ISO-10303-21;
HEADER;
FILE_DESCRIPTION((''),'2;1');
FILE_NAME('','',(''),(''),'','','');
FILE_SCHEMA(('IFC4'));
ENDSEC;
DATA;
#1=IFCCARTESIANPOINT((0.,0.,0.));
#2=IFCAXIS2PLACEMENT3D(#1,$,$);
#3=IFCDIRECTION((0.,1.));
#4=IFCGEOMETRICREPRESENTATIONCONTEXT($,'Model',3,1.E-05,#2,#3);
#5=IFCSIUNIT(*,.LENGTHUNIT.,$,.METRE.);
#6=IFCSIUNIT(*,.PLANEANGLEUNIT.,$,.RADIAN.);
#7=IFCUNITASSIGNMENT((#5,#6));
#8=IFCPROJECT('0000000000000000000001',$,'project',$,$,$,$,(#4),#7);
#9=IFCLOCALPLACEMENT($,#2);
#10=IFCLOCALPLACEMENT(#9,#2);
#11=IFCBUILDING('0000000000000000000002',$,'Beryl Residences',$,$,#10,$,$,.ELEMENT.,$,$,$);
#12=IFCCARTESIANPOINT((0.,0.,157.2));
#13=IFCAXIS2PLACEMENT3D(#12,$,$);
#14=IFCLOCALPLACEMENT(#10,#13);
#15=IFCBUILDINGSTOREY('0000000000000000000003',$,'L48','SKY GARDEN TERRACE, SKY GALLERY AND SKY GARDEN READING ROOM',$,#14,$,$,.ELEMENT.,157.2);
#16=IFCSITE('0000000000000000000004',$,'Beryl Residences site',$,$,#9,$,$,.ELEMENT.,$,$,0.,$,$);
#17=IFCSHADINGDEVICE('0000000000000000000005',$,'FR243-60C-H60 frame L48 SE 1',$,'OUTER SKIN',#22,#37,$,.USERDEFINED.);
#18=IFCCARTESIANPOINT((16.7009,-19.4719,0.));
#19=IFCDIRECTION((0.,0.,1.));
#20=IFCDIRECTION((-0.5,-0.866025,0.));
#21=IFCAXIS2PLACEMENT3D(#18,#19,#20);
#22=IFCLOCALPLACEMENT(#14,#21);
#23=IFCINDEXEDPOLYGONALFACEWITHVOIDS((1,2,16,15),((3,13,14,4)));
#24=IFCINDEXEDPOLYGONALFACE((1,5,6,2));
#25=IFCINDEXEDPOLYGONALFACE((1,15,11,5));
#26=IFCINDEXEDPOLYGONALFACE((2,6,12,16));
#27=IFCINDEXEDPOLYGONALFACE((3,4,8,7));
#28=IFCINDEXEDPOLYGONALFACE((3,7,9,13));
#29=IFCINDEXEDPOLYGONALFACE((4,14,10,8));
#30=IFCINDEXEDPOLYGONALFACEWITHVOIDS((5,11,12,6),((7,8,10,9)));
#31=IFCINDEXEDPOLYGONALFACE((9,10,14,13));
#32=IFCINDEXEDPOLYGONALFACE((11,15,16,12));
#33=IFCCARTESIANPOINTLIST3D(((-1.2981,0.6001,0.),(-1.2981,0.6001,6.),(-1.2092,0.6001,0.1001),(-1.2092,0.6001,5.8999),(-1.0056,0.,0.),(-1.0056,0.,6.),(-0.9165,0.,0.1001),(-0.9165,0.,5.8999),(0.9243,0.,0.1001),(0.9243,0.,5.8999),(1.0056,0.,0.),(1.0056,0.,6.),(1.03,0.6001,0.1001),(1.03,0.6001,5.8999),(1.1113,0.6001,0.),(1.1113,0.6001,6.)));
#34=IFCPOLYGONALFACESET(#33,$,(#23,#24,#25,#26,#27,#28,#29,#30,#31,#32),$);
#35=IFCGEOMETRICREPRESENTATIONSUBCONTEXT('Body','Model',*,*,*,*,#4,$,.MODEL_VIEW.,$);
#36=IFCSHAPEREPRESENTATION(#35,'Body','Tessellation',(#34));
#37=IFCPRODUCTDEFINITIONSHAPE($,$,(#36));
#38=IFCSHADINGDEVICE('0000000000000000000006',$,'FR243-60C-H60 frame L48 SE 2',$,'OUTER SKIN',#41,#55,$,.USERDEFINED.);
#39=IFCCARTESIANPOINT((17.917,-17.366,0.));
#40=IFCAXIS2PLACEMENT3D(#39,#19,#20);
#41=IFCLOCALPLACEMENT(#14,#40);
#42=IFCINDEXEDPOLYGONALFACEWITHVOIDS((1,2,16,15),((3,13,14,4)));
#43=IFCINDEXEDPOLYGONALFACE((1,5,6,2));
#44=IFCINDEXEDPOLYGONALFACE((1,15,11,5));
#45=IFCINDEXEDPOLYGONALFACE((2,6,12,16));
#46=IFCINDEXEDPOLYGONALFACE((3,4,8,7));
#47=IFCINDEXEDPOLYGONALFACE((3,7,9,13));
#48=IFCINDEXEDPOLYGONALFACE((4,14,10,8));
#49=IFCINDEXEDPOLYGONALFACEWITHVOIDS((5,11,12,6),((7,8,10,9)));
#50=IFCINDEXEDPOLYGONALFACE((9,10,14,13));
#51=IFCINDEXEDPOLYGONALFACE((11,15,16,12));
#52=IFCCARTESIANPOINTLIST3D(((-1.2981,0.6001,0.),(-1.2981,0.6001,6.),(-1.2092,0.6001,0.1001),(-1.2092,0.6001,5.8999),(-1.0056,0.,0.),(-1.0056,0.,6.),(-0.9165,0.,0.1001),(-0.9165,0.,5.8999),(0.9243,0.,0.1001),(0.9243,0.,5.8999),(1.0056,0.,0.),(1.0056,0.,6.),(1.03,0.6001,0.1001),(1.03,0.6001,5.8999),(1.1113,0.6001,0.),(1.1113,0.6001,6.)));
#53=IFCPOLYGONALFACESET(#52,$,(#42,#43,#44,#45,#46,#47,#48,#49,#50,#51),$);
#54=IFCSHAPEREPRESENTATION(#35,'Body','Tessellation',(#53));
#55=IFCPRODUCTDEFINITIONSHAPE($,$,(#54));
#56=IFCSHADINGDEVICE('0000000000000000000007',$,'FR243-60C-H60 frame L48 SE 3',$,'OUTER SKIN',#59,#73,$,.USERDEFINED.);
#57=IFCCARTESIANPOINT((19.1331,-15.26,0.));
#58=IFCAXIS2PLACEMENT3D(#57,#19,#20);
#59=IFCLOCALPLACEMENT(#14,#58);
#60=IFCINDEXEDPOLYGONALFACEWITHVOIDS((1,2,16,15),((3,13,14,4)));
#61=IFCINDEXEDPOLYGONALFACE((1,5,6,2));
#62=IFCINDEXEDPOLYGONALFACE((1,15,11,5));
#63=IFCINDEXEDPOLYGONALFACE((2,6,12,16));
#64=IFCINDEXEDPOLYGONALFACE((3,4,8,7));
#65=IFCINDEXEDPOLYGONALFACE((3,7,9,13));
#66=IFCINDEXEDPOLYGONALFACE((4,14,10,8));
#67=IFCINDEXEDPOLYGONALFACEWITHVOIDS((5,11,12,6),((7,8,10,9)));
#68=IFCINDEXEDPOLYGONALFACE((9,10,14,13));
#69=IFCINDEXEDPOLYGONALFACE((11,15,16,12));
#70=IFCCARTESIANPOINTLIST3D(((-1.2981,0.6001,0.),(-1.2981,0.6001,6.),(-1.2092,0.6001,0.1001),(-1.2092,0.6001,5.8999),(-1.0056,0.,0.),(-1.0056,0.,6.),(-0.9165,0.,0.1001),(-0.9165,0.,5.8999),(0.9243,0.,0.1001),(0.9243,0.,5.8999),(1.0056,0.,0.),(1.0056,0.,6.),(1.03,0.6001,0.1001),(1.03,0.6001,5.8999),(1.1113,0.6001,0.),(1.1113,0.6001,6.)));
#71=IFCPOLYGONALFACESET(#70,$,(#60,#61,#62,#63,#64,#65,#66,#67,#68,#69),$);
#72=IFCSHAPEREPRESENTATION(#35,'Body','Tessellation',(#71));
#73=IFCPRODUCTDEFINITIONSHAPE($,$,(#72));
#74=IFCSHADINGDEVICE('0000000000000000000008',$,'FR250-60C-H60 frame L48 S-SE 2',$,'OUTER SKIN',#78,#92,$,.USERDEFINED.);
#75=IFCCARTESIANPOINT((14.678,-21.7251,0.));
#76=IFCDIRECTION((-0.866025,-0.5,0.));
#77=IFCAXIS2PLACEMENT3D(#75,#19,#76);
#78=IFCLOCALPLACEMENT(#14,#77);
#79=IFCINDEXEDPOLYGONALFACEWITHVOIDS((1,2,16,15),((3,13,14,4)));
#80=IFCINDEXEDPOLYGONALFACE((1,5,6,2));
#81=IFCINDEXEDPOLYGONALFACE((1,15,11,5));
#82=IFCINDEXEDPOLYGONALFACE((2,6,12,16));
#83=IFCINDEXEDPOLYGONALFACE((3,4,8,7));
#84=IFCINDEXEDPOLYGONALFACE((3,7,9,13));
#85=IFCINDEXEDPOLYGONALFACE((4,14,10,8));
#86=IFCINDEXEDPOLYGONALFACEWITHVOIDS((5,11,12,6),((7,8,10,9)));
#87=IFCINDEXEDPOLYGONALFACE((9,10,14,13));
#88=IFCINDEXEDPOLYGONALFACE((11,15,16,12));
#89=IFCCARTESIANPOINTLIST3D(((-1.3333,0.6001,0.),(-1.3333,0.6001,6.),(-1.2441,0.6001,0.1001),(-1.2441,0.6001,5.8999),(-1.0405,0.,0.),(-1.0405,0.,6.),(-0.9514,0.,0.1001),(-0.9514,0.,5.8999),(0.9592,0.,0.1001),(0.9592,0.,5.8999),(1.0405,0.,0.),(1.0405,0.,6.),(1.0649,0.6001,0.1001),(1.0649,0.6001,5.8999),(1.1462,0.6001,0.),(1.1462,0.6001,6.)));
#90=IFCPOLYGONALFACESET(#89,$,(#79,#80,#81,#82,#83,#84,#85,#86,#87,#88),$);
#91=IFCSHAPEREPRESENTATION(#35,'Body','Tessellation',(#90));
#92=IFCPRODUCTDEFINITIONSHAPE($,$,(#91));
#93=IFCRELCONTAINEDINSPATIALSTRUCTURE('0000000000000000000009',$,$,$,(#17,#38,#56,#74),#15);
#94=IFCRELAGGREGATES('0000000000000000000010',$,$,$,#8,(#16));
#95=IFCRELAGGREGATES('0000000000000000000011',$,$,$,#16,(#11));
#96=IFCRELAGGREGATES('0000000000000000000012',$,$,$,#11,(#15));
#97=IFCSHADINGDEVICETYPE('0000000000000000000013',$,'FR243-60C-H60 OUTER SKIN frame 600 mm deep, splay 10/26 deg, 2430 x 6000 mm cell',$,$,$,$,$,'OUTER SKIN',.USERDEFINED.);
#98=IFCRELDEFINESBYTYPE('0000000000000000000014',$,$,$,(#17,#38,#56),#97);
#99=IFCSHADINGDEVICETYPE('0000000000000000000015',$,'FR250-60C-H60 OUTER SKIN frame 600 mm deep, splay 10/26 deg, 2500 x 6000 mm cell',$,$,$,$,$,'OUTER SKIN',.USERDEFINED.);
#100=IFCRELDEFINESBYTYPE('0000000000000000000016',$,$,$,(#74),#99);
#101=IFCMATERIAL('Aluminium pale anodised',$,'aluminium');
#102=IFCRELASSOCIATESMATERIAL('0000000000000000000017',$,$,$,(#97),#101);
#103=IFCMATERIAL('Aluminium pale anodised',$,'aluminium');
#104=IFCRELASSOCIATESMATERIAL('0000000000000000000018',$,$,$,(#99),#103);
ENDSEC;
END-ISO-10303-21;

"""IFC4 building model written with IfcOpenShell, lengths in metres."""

from ifc_helpers import new_model, entity, si_unit, direction, frame, origin, place, context, subcontext, project, spatial, source, transform, mapped, material, type_object, type_shapes, element, save


model = new_model("IFC4")

# Units and contexts
model_context = context("Model", 3, precision=1e-05, world=origin(), true_north=direction((0.0, 1.0)))
body_context = subcontext(model_context, "Body", "Model", "MODEL_VIEW")
ifc_project = project(units=[si_unit("LENGTHUNIT", "METRE"), si_unit("PLANEANGLEUNIT", "RADIAN")], contexts=[model_context])

# Site, building, storey
site_placement = place(None, origin())
site = spatial("IfcSite", under=ifc_project, at=site_placement, Name="Beryl Residences site", CompositionType="ELEMENT", RefElevation=0.0)
building_placement = place(site_placement, origin())
building = spatial("IfcBuilding", under=site, at=building_placement, Name="Beryl Residences", CompositionType="ELEMENT")
storey_placement = place(building_placement, frame((0.0, 0.0, 157.2)))
storey = spatial("IfcBuildingStorey", under=building, at=storey_placement, Name="L48", Description="SKY GARDEN TERRACE, SKY GALLERY AND SKY GARDEN READING ROOM", CompositionType="ELEMENT", Elevation=157.2)

# Shading devices
ifc_material_1 = material(Name="Aluminium pale anodised", Category="aluminium")
shading_device_type_1 = type_object("IfcShadingDeviceType", Name="FR243-60C-H60 OUTER SKIN frame 600 mm deep, splay 10/26 deg, 2430 x 6000 mm cell", ElementType="OUTER SKIN", PredefinedType="USERDEFINED", material=ifc_material_1)
cartesian_point_1 = entity("IfcCartesianPoint", [-1.0056, 0.0])
cartesian_point_2 = entity("IfcCartesianPoint", [-0.9243, 0.1001])
cartesian_point_3 = entity("IfcCartesianPoint", [-1.1113, 0.0])
cartesian_point_4 = entity("IfcCartesianPoint", [-1.03, 0.1001])
shared_shape_1 = source(origin(), body_context, "Body", "SweptSolid", [
    entity("IfcExtrudedAreaSolidTapered", entity("IfcArbitraryProfileDefWithVoids", "AREA", None, entity("IfcPolyline", [cartesian_point_1, entity("IfcCartesianPoint", [1.0056, 0.0]), entity("IfcCartesianPoint", [1.0056, 6.0]), entity("IfcCartesianPoint", [-1.0056, 6.0]), cartesian_point_1]), [entity("IfcPolyline", [cartesian_point_2, entity("IfcCartesianPoint", [0.9165, 0.1001]), entity("IfcCartesianPoint", [0.9165, 5.8999]), entity("IfcCartesianPoint", [-0.9243, 5.8999]), cartesian_point_2])]), entity("IfcAxis2Placement3D", entity("IfcCartesianPoint", [0.0, 0.0, 0.0]), entity("IfcDirection", [0.0, 1.0, 0.0]), entity("IfcDirection", [-1.0, 0.0, 0.0])), entity("IfcDirection", [0.0, 0.0, 1.0]), 0.6001, entity("IfcArbitraryProfileDefWithVoids", "AREA", None, entity("IfcPolyline", [cartesian_point_3, entity("IfcCartesianPoint", [1.2981, 0.0]), entity("IfcCartesianPoint", [1.2981, 6.0]), entity("IfcCartesianPoint", [-1.1113, 6.0]), cartesian_point_3]), [entity("IfcPolyline", [cartesian_point_4, entity("IfcCartesianPoint", [1.2092, 0.1001]), entity("IfcCartesianPoint", [1.2092, 5.8999]), entity("IfcCartesianPoint", [-1.03, 5.8999]), cartesian_point_4])])),
])
type_shapes(shading_device_type_1, [shared_shape_1])
for number, where, z_axis, x_axis, name in (
    (1, (16.7009, -19.4719, 0.0), (0.0, 0.0, 1.0), (-0.5, -0.866025, 0.0), "FR243-60C-H60 frame L48 SE 1"),
    (2, (17.917, -17.366, 0.0), (0.0, 0.0, 1.0), (-0.5, -0.866025, 0.0), "FR243-60C-H60 frame L48 SE 2"),
    (3, (19.1331, -15.26, 0.0), (0.0, 0.0, 1.0), (-0.5, -0.866025, 0.0), "FR243-60C-H60 frame L48 SE 3"),
):
    element("IfcShadingDevice", number, at=place(storey_placement, frame(where, z_axis=z_axis, x_axis=x_axis)), inside=storey, type_object=shading_device_type_1, Name=name, ObjectType="OUTER SKIN", PredefinedType="USERDEFINED", context=body_context, shape_type="MappedRepresentation", body=[
        mapped(shared_shape_1, transform((0.0, 0.0, 0.0))),
    ])
ifc_material_2 = material(Name="Aluminium pale anodised", Category="aluminium")
shading_device_type_2 = type_object("IfcShadingDeviceType", Name="FR250-60C-H60 OUTER SKIN frame 600 mm deep, splay 10/26 deg, 2500 x 6000 mm cell", ElementType="OUTER SKIN", PredefinedType="USERDEFINED", material=ifc_material_2)
cartesian_point_5 = entity("IfcCartesianPoint", [-1.0405, 0.0])
cartesian_point_6 = entity("IfcCartesianPoint", [-0.9592, 0.1001])
cartesian_point_7 = entity("IfcCartesianPoint", [-1.1462, 0.0])
cartesian_point_8 = entity("IfcCartesianPoint", [-1.0649, 0.1001])
shared_shape_2 = source(origin(), body_context, "Body", "SweptSolid", [
    entity("IfcExtrudedAreaSolidTapered", entity("IfcArbitraryProfileDefWithVoids", "AREA", None, entity("IfcPolyline", [cartesian_point_5, entity("IfcCartesianPoint", [1.0405, 0.0]), entity("IfcCartesianPoint", [1.0405, 6.0]), entity("IfcCartesianPoint", [-1.0405, 6.0]), cartesian_point_5]), [entity("IfcPolyline", [cartesian_point_6, entity("IfcCartesianPoint", [0.9514, 0.1001]), entity("IfcCartesianPoint", [0.9514, 5.8999]), entity("IfcCartesianPoint", [-0.9592, 5.8999]), cartesian_point_6])]), entity("IfcAxis2Placement3D", entity("IfcCartesianPoint", [0.0, 0.0, 0.0]), entity("IfcDirection", [0.0, 1.0, 0.0]), entity("IfcDirection", [-1.0, 0.0, 0.0])), entity("IfcDirection", [0.0, 0.0, 1.0]), 0.6001, entity("IfcArbitraryProfileDefWithVoids", "AREA", None, entity("IfcPolyline", [cartesian_point_7, entity("IfcCartesianPoint", [1.3333, 0.0]), entity("IfcCartesianPoint", [1.3333, 6.0]), entity("IfcCartesianPoint", [-1.1462, 6.0]), cartesian_point_7]), [entity("IfcPolyline", [cartesian_point_8, entity("IfcCartesianPoint", [1.2441, 0.1001]), entity("IfcCartesianPoint", [1.2441, 5.8999]), entity("IfcCartesianPoint", [-1.0649, 5.8999]), cartesian_point_8])])),
])
type_shapes(shading_device_type_2, [shared_shape_2])
shading_device_placement = place(storey_placement, frame((14.678, -21.7251, 0.0), z_axis=(0.0, 0.0, 1.0), x_axis=(-0.866025, -0.5, 0.0)))
element("IfcShadingDevice", 4, at=shading_device_placement, inside=storey, type_object=shading_device_type_2, Name="FR250-60C-H60 frame L48 S-SE 2", ObjectType="OUTER SKIN", PredefinedType="USERDEFINED", context=body_context, shape_type="MappedRepresentation", body=[
    mapped(shared_shape_2, transform((0.0, 0.0, 0.0))),
])

save(model, "model.ifc")
